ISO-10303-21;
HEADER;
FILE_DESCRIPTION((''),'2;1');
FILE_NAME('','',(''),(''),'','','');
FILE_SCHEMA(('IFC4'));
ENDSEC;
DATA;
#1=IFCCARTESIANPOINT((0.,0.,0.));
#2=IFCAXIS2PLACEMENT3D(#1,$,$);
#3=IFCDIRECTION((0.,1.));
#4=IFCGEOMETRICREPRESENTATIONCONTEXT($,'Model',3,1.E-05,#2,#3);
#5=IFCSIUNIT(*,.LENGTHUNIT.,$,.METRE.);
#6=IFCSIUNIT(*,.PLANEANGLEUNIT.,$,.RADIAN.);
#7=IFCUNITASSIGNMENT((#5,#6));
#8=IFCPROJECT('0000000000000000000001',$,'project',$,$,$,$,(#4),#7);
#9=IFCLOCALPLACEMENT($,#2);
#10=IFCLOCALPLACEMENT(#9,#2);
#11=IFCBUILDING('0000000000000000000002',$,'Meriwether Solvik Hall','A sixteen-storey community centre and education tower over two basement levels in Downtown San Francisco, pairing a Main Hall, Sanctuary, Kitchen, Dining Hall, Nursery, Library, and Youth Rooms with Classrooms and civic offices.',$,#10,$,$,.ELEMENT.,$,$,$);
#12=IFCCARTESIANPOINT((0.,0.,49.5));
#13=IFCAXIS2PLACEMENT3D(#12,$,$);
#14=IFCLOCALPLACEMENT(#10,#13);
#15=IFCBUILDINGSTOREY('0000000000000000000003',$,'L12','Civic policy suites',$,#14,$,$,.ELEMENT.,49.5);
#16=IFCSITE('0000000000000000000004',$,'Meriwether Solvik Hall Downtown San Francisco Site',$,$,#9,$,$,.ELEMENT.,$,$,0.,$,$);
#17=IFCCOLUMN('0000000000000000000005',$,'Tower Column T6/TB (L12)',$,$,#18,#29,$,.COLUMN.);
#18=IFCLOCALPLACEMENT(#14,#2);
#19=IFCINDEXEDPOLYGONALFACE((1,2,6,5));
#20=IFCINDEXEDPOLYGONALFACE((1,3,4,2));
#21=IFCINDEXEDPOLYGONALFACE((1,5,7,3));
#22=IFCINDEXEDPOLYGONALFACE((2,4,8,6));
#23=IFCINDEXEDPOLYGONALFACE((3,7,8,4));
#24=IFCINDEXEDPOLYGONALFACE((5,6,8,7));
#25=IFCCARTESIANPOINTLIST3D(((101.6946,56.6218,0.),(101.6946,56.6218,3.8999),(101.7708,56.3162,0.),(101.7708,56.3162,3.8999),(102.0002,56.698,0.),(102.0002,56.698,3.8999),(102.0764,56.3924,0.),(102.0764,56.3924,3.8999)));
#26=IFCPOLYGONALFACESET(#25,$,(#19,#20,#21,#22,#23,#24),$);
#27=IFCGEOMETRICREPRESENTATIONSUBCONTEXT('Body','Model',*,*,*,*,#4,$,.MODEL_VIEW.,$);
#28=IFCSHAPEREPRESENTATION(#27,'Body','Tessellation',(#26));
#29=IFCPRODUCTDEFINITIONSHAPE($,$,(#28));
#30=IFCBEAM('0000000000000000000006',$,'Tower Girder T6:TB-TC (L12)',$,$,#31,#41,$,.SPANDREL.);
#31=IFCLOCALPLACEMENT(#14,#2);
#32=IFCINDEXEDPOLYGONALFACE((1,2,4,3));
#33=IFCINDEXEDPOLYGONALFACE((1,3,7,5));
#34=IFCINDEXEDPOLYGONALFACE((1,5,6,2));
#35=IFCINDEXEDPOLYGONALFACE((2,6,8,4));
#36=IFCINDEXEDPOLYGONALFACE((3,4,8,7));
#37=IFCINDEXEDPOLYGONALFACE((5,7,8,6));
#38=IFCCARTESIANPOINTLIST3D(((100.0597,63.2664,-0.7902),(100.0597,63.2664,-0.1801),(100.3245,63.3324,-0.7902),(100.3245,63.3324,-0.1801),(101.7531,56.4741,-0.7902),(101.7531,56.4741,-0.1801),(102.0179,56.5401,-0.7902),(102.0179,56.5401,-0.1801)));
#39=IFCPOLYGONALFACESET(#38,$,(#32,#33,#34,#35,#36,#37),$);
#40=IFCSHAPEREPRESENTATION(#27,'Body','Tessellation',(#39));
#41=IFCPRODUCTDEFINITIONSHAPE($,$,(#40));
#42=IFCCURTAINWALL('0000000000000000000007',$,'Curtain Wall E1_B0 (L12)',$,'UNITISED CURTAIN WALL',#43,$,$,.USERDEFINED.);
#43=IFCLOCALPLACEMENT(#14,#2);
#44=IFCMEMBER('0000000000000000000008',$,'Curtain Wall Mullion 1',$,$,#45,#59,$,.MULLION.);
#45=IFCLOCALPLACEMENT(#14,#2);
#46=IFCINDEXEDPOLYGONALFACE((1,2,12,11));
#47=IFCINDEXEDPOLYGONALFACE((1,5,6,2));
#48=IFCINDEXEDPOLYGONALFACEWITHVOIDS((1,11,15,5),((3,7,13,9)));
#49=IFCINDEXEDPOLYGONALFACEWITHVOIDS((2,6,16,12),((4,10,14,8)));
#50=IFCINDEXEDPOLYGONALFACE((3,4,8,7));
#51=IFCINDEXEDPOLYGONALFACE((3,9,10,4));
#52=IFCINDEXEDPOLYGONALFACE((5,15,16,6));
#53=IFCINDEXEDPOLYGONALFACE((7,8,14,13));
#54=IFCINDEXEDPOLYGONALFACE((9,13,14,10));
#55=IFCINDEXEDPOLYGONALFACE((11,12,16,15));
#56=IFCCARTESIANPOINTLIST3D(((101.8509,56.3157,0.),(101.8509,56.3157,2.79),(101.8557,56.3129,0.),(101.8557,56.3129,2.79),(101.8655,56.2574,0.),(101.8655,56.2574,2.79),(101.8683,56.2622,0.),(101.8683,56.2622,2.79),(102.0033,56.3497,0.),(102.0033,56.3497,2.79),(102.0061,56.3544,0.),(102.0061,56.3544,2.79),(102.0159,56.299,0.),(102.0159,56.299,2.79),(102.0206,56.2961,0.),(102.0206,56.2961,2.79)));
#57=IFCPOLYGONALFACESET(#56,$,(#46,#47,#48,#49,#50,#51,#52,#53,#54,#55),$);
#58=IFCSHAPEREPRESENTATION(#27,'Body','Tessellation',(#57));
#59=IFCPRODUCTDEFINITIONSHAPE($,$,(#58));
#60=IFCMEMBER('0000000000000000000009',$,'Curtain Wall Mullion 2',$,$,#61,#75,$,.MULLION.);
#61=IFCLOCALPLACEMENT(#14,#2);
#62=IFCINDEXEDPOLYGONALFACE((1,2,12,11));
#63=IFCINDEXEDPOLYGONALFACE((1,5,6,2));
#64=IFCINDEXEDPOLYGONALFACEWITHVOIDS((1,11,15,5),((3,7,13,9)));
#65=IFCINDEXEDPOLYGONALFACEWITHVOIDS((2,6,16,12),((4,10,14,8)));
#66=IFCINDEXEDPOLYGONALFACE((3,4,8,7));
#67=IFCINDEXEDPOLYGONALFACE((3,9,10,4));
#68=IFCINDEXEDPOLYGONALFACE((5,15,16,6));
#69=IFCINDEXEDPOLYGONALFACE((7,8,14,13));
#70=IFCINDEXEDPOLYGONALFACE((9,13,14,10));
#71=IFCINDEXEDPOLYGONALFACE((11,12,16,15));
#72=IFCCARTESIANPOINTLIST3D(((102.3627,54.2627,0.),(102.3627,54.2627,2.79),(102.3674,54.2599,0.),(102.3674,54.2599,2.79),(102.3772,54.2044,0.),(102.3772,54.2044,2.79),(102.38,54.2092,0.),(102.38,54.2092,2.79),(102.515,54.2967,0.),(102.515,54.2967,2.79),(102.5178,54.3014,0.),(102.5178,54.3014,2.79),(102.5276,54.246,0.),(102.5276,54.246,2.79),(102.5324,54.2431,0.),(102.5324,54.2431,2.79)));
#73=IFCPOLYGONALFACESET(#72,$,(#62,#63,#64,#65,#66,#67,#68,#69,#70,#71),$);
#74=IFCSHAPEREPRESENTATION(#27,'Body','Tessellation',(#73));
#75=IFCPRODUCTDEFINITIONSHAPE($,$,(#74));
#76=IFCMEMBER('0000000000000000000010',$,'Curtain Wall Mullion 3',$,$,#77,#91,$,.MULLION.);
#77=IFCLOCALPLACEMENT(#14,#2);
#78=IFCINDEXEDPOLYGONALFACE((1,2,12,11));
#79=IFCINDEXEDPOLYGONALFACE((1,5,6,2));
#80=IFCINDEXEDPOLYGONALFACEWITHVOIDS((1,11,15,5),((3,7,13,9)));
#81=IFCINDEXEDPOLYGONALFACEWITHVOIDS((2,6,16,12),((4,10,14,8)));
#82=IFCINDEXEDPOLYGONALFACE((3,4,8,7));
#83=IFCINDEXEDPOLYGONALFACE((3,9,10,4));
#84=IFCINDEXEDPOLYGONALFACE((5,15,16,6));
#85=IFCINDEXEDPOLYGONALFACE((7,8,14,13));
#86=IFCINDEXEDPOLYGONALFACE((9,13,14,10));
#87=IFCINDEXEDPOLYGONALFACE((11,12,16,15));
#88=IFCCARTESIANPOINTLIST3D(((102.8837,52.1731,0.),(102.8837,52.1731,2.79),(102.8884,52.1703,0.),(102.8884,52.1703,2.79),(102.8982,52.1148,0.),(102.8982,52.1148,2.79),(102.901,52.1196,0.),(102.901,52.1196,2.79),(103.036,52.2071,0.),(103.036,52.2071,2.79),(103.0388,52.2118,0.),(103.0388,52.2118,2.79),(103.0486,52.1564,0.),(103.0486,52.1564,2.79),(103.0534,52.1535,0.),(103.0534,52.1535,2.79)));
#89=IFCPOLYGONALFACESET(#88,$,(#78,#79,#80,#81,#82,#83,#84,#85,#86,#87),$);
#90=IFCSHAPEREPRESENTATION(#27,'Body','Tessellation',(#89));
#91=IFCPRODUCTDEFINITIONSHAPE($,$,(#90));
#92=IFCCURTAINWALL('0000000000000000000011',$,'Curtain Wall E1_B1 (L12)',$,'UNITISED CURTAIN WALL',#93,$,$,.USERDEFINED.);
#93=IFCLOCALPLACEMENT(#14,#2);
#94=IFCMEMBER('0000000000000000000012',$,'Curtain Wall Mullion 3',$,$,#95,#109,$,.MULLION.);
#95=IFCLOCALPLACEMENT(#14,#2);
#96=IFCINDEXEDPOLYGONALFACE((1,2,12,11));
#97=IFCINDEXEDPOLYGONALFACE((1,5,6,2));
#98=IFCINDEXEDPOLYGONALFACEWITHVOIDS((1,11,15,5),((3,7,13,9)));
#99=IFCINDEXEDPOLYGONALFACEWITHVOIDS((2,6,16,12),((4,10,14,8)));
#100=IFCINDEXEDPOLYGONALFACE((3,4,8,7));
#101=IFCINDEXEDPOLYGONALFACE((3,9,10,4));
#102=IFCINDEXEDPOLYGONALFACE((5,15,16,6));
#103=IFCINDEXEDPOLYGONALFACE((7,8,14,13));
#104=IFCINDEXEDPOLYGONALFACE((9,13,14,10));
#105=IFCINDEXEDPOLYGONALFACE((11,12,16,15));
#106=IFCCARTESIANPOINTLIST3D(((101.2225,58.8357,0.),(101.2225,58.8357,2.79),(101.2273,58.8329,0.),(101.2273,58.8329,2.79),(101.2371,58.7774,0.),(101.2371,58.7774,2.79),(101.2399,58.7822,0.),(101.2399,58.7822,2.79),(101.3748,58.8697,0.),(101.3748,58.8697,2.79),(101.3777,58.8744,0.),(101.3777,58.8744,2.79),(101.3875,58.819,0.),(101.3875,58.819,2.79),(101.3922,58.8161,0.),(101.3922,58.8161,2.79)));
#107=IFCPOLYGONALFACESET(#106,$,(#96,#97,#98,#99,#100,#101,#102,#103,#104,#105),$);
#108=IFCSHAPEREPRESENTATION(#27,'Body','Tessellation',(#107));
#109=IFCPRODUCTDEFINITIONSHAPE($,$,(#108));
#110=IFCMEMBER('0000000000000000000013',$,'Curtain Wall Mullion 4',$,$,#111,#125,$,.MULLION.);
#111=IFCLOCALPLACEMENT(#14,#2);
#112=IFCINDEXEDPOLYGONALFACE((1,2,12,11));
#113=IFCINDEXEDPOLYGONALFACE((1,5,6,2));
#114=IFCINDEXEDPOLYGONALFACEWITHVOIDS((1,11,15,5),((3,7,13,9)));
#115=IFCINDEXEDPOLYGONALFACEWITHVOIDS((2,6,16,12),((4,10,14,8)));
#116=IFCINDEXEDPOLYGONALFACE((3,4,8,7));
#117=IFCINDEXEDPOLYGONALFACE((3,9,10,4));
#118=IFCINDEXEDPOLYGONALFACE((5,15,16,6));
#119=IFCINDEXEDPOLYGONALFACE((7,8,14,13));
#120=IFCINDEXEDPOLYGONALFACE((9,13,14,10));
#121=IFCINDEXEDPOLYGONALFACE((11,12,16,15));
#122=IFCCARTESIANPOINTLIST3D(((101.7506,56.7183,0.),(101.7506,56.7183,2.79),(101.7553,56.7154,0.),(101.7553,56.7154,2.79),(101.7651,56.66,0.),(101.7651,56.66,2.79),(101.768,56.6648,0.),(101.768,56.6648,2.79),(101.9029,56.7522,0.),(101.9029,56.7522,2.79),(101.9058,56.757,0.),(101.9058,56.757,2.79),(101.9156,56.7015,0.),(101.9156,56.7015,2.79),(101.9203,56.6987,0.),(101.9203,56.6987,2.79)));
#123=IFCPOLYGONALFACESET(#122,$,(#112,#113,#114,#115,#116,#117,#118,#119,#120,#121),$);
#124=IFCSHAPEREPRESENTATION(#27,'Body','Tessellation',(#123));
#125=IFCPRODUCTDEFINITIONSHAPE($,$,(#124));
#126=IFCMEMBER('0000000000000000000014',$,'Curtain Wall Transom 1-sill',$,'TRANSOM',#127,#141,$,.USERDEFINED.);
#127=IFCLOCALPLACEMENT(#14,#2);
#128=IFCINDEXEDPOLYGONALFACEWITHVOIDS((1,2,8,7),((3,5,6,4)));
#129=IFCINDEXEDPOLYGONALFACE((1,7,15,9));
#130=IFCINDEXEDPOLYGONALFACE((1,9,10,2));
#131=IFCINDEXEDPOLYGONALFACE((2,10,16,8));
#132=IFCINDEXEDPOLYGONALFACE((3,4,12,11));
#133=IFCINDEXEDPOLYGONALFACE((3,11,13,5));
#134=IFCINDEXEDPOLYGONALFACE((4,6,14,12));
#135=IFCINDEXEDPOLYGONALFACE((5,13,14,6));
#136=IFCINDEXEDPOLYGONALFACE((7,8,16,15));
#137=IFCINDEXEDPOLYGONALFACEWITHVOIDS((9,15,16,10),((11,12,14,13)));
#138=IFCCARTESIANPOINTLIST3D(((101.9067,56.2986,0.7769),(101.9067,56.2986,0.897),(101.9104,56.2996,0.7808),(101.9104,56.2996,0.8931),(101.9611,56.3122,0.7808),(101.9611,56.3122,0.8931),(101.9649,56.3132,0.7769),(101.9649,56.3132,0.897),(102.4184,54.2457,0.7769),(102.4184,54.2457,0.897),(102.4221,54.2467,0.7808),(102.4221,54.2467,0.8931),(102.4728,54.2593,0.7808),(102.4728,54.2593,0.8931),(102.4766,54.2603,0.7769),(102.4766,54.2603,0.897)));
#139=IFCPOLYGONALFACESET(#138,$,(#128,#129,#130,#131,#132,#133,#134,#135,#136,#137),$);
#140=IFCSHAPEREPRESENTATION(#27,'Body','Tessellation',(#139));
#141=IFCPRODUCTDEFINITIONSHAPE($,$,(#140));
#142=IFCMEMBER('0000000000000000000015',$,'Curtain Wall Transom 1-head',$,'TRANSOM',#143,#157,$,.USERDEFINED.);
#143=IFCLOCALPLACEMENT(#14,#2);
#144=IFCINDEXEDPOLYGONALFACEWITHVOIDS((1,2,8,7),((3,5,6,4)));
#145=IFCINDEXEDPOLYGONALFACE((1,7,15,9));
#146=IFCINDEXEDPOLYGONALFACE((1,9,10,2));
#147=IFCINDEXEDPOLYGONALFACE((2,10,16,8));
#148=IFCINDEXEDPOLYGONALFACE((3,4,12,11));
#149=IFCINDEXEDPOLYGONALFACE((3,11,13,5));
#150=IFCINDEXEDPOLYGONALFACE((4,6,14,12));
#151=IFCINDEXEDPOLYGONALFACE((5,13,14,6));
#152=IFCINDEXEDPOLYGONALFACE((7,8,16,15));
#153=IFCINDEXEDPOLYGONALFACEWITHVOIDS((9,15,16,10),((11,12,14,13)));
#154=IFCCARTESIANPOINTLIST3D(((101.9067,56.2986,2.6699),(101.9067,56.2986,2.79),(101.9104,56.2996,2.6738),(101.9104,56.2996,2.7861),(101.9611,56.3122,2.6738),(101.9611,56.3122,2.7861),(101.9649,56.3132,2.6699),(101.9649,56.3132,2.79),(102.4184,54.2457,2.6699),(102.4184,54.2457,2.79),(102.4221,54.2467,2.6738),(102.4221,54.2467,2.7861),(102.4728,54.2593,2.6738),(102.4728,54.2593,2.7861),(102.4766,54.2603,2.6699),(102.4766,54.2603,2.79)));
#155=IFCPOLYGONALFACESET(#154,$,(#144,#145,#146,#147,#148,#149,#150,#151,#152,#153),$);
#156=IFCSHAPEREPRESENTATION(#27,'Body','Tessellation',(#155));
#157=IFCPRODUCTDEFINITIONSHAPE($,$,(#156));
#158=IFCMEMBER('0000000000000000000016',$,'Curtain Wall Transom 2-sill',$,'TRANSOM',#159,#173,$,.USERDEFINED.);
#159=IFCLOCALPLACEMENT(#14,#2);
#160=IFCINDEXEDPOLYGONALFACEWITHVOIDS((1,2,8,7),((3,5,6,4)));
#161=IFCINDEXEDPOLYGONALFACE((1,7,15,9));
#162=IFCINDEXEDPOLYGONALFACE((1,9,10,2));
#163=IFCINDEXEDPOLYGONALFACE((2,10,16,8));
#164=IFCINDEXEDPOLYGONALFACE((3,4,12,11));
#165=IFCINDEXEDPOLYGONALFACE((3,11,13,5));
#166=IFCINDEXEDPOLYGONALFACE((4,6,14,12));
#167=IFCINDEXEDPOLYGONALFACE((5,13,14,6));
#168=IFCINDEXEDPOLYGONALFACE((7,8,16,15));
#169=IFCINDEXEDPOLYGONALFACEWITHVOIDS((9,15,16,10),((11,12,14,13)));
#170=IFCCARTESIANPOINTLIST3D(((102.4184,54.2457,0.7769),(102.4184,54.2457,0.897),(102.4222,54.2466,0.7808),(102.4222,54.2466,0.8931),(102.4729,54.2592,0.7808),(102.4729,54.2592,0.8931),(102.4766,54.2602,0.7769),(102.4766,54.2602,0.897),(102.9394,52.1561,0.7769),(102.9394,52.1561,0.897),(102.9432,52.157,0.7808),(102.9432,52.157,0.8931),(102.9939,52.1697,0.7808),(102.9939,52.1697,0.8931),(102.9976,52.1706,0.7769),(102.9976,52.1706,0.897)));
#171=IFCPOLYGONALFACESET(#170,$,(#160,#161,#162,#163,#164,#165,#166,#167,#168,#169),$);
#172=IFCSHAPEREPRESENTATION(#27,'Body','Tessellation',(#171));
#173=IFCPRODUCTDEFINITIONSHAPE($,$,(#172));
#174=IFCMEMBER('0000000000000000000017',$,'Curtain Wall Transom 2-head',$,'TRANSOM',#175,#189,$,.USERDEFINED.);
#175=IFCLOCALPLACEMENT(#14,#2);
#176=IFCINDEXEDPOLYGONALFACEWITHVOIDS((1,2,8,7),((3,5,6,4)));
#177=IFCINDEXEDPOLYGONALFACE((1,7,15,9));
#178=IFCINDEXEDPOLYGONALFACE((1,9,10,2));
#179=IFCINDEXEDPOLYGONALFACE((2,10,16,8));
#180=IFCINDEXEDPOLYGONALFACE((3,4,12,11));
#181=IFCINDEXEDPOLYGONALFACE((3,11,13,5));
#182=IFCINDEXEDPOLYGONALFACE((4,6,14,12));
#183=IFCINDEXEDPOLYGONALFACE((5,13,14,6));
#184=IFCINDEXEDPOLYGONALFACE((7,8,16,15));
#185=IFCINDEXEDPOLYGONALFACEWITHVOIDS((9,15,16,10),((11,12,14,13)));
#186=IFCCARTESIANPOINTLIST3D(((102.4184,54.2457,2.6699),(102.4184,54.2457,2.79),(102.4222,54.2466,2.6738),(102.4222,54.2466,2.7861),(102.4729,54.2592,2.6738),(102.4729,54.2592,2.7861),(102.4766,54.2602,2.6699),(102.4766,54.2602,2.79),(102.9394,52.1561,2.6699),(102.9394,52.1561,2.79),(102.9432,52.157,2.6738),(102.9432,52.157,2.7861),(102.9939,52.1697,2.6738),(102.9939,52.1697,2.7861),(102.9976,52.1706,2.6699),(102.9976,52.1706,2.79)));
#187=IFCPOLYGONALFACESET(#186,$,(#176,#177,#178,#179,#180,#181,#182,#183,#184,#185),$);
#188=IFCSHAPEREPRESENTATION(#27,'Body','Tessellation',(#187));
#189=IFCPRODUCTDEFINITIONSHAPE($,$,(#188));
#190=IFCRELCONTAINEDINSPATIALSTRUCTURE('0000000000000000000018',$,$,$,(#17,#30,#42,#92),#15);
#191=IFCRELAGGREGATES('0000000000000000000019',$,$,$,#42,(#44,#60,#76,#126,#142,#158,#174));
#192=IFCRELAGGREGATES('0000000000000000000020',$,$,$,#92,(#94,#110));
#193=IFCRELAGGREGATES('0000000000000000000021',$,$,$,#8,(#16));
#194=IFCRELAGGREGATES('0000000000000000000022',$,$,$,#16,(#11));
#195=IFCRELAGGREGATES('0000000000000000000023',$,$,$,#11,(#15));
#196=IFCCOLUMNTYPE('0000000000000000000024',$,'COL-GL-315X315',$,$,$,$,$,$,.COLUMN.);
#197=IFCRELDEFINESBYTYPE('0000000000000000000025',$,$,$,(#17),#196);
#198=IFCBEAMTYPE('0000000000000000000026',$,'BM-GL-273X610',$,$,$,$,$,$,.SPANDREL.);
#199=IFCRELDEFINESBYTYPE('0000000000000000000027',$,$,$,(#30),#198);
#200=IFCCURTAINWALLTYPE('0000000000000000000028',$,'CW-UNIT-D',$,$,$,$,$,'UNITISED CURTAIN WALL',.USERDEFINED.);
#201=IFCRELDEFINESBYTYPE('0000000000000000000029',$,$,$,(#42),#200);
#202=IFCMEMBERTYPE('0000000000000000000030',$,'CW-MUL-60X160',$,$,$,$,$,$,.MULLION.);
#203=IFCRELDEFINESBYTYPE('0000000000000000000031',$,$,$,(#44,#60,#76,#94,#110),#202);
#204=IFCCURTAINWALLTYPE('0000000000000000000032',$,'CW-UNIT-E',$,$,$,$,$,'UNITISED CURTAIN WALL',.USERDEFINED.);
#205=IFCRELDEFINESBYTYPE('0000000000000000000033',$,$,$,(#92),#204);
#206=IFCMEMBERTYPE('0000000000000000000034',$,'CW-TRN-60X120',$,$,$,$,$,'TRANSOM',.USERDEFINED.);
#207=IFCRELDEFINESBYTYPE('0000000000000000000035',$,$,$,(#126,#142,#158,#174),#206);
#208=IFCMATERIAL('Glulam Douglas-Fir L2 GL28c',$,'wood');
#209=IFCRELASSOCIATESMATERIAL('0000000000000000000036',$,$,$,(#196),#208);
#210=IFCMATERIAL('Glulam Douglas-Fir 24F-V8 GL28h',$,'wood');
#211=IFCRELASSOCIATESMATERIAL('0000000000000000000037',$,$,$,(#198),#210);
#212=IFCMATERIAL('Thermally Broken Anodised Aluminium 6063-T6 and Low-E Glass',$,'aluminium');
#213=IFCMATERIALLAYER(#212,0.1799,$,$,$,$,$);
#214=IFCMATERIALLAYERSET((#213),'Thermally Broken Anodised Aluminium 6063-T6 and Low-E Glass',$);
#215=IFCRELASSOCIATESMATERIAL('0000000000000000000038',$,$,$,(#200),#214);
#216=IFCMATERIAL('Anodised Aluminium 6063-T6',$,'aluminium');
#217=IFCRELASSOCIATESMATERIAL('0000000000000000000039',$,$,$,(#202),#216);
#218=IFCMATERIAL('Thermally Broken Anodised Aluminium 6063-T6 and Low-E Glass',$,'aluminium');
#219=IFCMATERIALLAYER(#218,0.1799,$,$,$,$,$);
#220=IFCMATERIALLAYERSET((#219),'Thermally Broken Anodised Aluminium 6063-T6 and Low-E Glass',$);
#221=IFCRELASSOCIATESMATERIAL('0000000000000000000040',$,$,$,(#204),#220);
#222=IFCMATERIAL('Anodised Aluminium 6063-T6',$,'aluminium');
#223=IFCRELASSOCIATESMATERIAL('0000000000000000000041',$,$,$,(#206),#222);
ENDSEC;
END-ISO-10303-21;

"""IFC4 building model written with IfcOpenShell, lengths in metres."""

from ifc_helpers import new_model, si_unit, direction, frame, origin, origin_2d, place, context, subcontext, project, spatial, rectangle, hollow_rectangle, extrude, material, layer, layer_set, material_profile, profile_set, type_object, element, aggregate, save


model = new_model("IFC4")

# Units and contexts
model_context = context("Model", 3, precision=1e-05, world=origin(), true_north=direction((0.0, 1.0)))
body_context = subcontext(model_context, "Body", "Model", "MODEL_VIEW")
ifc_project = project(units=[si_unit("LENGTHUNIT", "METRE"), si_unit("PLANEANGLEUNIT", "RADIAN")], contexts=[model_context])

# Site, building, storey
site_placement = place(None, origin())
site = spatial("IfcSite", under=ifc_project, at=site_placement, Name="Meriwether Solvik Hall Downtown San Francisco Site", CompositionType="ELEMENT", RefElevation=0.0)
building_placement = place(site_placement, origin())
building = spatial("IfcBuilding", under=site, at=building_placement, Name="Meriwether Solvik Hall", Description="A sixteen-storey community centre and education tower over two basement levels in Downtown San Francisco, pairing a Main Hall, Sanctuary, Kitchen, Dining Hall, Nursery, Library, and Youth Rooms with Classrooms and civic offices.", CompositionType="ELEMENT")
storey_placement = place(building_placement, frame((0.0, 0.0, 49.5)))
storey = spatial("IfcBuildingStorey", under=building, at=storey_placement, Name="L12", Description="Civic policy suites", CompositionType="ELEMENT", Elevation=49.5)

# Column
ifc_material_1 = material(Name="Glulam Douglas-Fir L2 GL28c", Category="wood")
ifc_material_profile_1 = material_profile(ifc_material_1, rectangle(XDim=0.3149, YDim=0.3149, at=origin_2d()), Name="GLC-315X315")
ifc_profile_set_1 = profile_set([ifc_material_profile_1], Name="Glulam Douglas-Fir L2 GL28c")
column_type = type_object("IfcColumnType", Name="COL-GL-315X315", PredefinedType="COLUMN", material=ifc_profile_set_1)
column_placement = place(storey_placement, frame((101.8855, 56.5071, 0.0), z_axis=(0.0, 0.0, 1.0), x_axis=(0.970296, 0.241922, 0.0)))
element("IfcColumn", 1, at=column_placement, inside=storey, type_object=column_type, Name="Tower Column T6/TB (L12)", PredefinedType="COLUMN", context=body_context, shape_type="SweptSolid", body=[
    extrude(rectangle(XDim=0.3149, YDim=0.3149, at=origin_2d()), origin(), (0.0, 0.0, 1.0), 3.8999),
])

# Beam
ifc_material_2 = material(Name="Glulam Douglas-Fir 24F-V8 GL28h", Category="wood")
ifc_material_profile_2 = material_profile(ifc_material_2, rectangle(XDim=0.2729, YDim=0.6101, at=origin_2d()), Name="GLB-273X610")
ifc_profile_set_2 = profile_set([ifc_material_profile_2], Name="Glulam Douglas-Fir 24F-V8 GL28h")
beam_type_1 = type_object("IfcBeamType", Name="BM-GL-273X610", PredefinedType="SPANDREL", material=ifc_profile_set_2)
beam_1_placement = place(storey_placement, frame((101.8855, 56.5071, -0.4851), z_axis=(-0.241904, 0.9703, 0.0), x_axis=(-0.9703, -0.241904, 0.0)))
element("IfcBeam", 2, at=beam_1_placement, inside=storey, type_object=beam_type_1, Name="Tower Girder T6:TB-TC (L12)", PredefinedType="SPANDREL", context=body_context, shape_type="SweptSolid", body=[
    extrude(rectangle(XDim=0.2729, YDim=0.6101, at=origin_2d()), origin(), (0.0, 0.0, 1.0), 7.0002),
])

# Curtain walls, members
ifc_material_3 = material(Name="Thermally Broken Anodised Aluminium 6063-T6 and Low-E Glass", Category="aluminium")
ifc_layer_1 = layer(ifc_material_3, 0.1799)
ifc_layer_set_1 = layer_set([ifc_layer_1], Name="Thermally Broken Anodised Aluminium 6063-T6 and Low-E Glass")
curtain_wall_type_1 = type_object("IfcCurtainWallType", Name="CW-UNIT-D", ElementType="UNITISED CURTAIN WALL", PredefinedType="USERDEFINED", material=ifc_layer_set_1)
curtain_wall_1_placement = place(storey_placement, origin())
curtain_wall_1 = element("IfcCurtainWall", 3, at=curtain_wall_1_placement, inside=storey, type_object=curtain_wall_type_1, Name="Curtain Wall E1_B0 (L12)", ObjectType="UNITISED CURTAIN WALL", PredefinedType="USERDEFINED")
ifc_material_4 = material(Name="Anodised Aluminium 6063-T6", Category="aluminium")
ifc_material_profile_3 = material_profile(ifc_material_4, hollow_rectangle(XDim=0.0601, YDim=0.1599, WallThickness=0.0039, at=origin_2d()), Name="CWM-60X160")
ifc_profile_set_3 = profile_set([ifc_material_profile_3], Name="Anodised Aluminium 6063-T6")
member_type_1 = type_object("IfcMemberType", Name="CW-MUL-60X160", PredefinedType="MULLION", material=ifc_profile_set_3)
member_1_placement = place(storey_placement, frame((101.9358, 56.3059, 0.0), z_axis=(0.0, 0.0, 1.0), x_axis=(0.241922, -0.970296, 0.0)))
member_1 = element("IfcMember", 4, at=member_1_placement, type_object=member_type_1, Name="Curtain Wall Mullion 1", PredefinedType="MULLION", context=body_context, shape_type="SweptSolid", body=[
    extrude(hollow_rectangle(XDim=0.0601, YDim=0.1599, WallThickness=0.0039, at=origin_2d()), origin(), (0.0, 0.0, 1.0), 2.79),
])
member_2_placement = place(storey_placement, frame((102.4475, 54.2529, 0.0), z_axis=(0.0, 0.0, 1.0), x_axis=(0.241922, -0.970296, 0.0)))
member_2 = element("IfcMember", 5, at=member_2_placement, type_object=member_type_1, Name="Curtain Wall Mullion 2", PredefinedType="MULLION", context=body_context, shape_type="SweptSolid", body=[
    extrude(hollow_rectangle(XDim=0.0601, YDim=0.1599, WallThickness=0.0039, at=origin_2d()), origin(), (0.0, 0.0, 1.0), 2.79),
])
member_3_placement = place(storey_placement, frame((102.9685, 52.1633, 0.0), z_axis=(0.0, 0.0, 1.0), x_axis=(0.241922, -0.970296, 0.0)))
member_3 = element("IfcMember", 6, at=member_3_placement, type_object=member_type_1, Name="Curtain Wall Mullion 3", PredefinedType="MULLION", context=body_context, shape_type="SweptSolid", body=[
    extrude(hollow_rectangle(XDim=0.0601, YDim=0.1599, WallThickness=0.0039, at=origin_2d()), origin(), (0.0, 0.0, 1.0), 2.79),
])
ifc_material_5 = material(Name="Thermally Broken Anodised Aluminium 6063-T6 and Low-E Glass", Category="aluminium")
ifc_layer_2 = layer(ifc_material_5, 0.1799)
ifc_layer_set_2 = layer_set([ifc_layer_2], Name="Thermally Broken Anodised Aluminium 6063-T6 and Low-E Glass")
curtain_wall_type_2 = type_object("IfcCurtainWallType", Name="CW-UNIT-E", ElementType="UNITISED CURTAIN WALL", PredefinedType="USERDEFINED", material=ifc_layer_set_2)
curtain_wall_2_placement = place(storey_placement, origin())
curtain_wall_2 = element("IfcCurtainWall", 7, at=curtain_wall_2_placement, inside=storey, type_object=curtain_wall_type_2, Name="Curtain Wall E1_B1 (L12)", ObjectType="UNITISED CURTAIN WALL", PredefinedType="USERDEFINED")
member_4_placement = place(storey_placement, frame((101.3074, 58.8259, 0.0), z_axis=(0.0, 0.0, 1.0), x_axis=(0.241922, -0.970296, 0.0)))
member_4 = element("IfcMember", 8, at=member_4_placement, type_object=member_type_1, Name="Curtain Wall Mullion 3", PredefinedType="MULLION", context=body_context, shape_type="SweptSolid", body=[
    extrude(hollow_rectangle(XDim=0.0601, YDim=0.1599, WallThickness=0.0039, at=origin_2d()), origin(), (0.0, 0.0, 1.0), 2.79),
])
member_5_placement = place(storey_placement, frame((101.8354, 56.7085, 0.0), z_axis=(0.0, 0.0, 1.0), x_axis=(0.241922, -0.970296, 0.0)))
member_5 = element("IfcMember", 9, at=member_5_placement, type_object=member_type_1, Name="Curtain Wall Mullion 4", PredefinedType="MULLION", context=body_context, shape_type="SweptSolid", body=[
    extrude(hollow_rectangle(XDim=0.0601, YDim=0.1599, WallThickness=0.0039, at=origin_2d()), origin(), (0.0, 0.0, 1.0), 2.79),
])

# Members
ifc_material_6 = material(Name="Anodised Aluminium 6063-T6", Category="aluminium")
ifc_material_profile_4 = material_profile(ifc_material_6, hollow_rectangle(XDim=0.0601, YDim=0.1201, WallThickness=0.0039, at=origin_2d()), Name="CWT-60X120")
ifc_profile_set_4 = profile_set([ifc_material_profile_4], Name="Anodised Aluminium 6063-T6")
member_type_2 = type_object("IfcMemberType", Name="CW-TRN-60X120", ElementType="TRANSOM", PredefinedType="USERDEFINED", material=ifc_profile_set_4)
member_6_placement = place(storey_placement, frame((101.9358, 56.3059, 0.8369), z_axis=(0.241857, -0.970312, 0.0), x_axis=(0.970312, 0.241857, 0.0)))
member_6 = element("IfcMember", 10, at=member_6_placement, type_object=member_type_2, Name="Curtain Wall Transom 1-sill", ObjectType="TRANSOM", PredefinedType="USERDEFINED", context=body_context, shape_type="SweptSolid", body=[
    extrude(hollow_rectangle(XDim=0.0601, YDim=0.1201, WallThickness=0.0039, at=origin_2d()), origin(), (0.0, 0.0, 1.0), 2.1157),
])
member_7_placement = place(storey_placement, frame((101.9358, 56.3059, 2.73), z_axis=(0.241857, -0.970312, 0.0), x_axis=(0.970312, 0.241857, 0.0)))
member_7 = element("IfcMember", 11, at=member_7_placement, type_object=member_type_2, Name="Curtain Wall Transom 1-head", ObjectType="TRANSOM", PredefinedType="USERDEFINED", context=body_context, shape_type="SweptSolid", body=[
    extrude(hollow_rectangle(XDim=0.0601, YDim=0.1201, WallThickness=0.0039, at=origin_2d()), origin(), (0.0, 0.0, 1.0), 2.1157),
])
member_8_placement = place(storey_placement, frame((102.4475, 54.2529, 0.8369), z_axis=(0.241922, -0.970296, 0.0), x_axis=(0.970296, 0.241922, 0.0)))
member_8 = element("IfcMember", 12, at=member_8_placement, type_object=member_type_2, Name="Curtain Wall Transom 2-sill", ObjectType="TRANSOM", PredefinedType="USERDEFINED", context=body_context, shape_type="SweptSolid", body=[
    extrude(hollow_rectangle(XDim=0.0601, YDim=0.1201, WallThickness=0.0039, at=origin_2d()), origin(), (0.0, 0.0, 1.0), 2.1536),
])
member_9_placement = place(storey_placement, frame((102.4475, 54.2529, 2.73), z_axis=(0.241922, -0.970296, 0.0), x_axis=(0.970296, 0.241922, 0.0)))
member_9 = element("IfcMember", 13, at=member_9_placement, type_object=member_type_2, Name="Curtain Wall Transom 2-head", ObjectType="TRANSOM", PredefinedType="USERDEFINED", context=body_context, shape_type="SweptSolid", body=[
    extrude(hollow_rectangle(XDim=0.0601, YDim=0.1201, WallThickness=0.0039, at=origin_2d()), origin(), (0.0, 0.0, 1.0), 2.1536),
])

aggregate(curtain_wall_1, [member_1, member_2, member_3, member_6, member_7, member_8, member_9])
aggregate(curtain_wall_2, [member_4, member_5])

save(model, "model.ifc")
